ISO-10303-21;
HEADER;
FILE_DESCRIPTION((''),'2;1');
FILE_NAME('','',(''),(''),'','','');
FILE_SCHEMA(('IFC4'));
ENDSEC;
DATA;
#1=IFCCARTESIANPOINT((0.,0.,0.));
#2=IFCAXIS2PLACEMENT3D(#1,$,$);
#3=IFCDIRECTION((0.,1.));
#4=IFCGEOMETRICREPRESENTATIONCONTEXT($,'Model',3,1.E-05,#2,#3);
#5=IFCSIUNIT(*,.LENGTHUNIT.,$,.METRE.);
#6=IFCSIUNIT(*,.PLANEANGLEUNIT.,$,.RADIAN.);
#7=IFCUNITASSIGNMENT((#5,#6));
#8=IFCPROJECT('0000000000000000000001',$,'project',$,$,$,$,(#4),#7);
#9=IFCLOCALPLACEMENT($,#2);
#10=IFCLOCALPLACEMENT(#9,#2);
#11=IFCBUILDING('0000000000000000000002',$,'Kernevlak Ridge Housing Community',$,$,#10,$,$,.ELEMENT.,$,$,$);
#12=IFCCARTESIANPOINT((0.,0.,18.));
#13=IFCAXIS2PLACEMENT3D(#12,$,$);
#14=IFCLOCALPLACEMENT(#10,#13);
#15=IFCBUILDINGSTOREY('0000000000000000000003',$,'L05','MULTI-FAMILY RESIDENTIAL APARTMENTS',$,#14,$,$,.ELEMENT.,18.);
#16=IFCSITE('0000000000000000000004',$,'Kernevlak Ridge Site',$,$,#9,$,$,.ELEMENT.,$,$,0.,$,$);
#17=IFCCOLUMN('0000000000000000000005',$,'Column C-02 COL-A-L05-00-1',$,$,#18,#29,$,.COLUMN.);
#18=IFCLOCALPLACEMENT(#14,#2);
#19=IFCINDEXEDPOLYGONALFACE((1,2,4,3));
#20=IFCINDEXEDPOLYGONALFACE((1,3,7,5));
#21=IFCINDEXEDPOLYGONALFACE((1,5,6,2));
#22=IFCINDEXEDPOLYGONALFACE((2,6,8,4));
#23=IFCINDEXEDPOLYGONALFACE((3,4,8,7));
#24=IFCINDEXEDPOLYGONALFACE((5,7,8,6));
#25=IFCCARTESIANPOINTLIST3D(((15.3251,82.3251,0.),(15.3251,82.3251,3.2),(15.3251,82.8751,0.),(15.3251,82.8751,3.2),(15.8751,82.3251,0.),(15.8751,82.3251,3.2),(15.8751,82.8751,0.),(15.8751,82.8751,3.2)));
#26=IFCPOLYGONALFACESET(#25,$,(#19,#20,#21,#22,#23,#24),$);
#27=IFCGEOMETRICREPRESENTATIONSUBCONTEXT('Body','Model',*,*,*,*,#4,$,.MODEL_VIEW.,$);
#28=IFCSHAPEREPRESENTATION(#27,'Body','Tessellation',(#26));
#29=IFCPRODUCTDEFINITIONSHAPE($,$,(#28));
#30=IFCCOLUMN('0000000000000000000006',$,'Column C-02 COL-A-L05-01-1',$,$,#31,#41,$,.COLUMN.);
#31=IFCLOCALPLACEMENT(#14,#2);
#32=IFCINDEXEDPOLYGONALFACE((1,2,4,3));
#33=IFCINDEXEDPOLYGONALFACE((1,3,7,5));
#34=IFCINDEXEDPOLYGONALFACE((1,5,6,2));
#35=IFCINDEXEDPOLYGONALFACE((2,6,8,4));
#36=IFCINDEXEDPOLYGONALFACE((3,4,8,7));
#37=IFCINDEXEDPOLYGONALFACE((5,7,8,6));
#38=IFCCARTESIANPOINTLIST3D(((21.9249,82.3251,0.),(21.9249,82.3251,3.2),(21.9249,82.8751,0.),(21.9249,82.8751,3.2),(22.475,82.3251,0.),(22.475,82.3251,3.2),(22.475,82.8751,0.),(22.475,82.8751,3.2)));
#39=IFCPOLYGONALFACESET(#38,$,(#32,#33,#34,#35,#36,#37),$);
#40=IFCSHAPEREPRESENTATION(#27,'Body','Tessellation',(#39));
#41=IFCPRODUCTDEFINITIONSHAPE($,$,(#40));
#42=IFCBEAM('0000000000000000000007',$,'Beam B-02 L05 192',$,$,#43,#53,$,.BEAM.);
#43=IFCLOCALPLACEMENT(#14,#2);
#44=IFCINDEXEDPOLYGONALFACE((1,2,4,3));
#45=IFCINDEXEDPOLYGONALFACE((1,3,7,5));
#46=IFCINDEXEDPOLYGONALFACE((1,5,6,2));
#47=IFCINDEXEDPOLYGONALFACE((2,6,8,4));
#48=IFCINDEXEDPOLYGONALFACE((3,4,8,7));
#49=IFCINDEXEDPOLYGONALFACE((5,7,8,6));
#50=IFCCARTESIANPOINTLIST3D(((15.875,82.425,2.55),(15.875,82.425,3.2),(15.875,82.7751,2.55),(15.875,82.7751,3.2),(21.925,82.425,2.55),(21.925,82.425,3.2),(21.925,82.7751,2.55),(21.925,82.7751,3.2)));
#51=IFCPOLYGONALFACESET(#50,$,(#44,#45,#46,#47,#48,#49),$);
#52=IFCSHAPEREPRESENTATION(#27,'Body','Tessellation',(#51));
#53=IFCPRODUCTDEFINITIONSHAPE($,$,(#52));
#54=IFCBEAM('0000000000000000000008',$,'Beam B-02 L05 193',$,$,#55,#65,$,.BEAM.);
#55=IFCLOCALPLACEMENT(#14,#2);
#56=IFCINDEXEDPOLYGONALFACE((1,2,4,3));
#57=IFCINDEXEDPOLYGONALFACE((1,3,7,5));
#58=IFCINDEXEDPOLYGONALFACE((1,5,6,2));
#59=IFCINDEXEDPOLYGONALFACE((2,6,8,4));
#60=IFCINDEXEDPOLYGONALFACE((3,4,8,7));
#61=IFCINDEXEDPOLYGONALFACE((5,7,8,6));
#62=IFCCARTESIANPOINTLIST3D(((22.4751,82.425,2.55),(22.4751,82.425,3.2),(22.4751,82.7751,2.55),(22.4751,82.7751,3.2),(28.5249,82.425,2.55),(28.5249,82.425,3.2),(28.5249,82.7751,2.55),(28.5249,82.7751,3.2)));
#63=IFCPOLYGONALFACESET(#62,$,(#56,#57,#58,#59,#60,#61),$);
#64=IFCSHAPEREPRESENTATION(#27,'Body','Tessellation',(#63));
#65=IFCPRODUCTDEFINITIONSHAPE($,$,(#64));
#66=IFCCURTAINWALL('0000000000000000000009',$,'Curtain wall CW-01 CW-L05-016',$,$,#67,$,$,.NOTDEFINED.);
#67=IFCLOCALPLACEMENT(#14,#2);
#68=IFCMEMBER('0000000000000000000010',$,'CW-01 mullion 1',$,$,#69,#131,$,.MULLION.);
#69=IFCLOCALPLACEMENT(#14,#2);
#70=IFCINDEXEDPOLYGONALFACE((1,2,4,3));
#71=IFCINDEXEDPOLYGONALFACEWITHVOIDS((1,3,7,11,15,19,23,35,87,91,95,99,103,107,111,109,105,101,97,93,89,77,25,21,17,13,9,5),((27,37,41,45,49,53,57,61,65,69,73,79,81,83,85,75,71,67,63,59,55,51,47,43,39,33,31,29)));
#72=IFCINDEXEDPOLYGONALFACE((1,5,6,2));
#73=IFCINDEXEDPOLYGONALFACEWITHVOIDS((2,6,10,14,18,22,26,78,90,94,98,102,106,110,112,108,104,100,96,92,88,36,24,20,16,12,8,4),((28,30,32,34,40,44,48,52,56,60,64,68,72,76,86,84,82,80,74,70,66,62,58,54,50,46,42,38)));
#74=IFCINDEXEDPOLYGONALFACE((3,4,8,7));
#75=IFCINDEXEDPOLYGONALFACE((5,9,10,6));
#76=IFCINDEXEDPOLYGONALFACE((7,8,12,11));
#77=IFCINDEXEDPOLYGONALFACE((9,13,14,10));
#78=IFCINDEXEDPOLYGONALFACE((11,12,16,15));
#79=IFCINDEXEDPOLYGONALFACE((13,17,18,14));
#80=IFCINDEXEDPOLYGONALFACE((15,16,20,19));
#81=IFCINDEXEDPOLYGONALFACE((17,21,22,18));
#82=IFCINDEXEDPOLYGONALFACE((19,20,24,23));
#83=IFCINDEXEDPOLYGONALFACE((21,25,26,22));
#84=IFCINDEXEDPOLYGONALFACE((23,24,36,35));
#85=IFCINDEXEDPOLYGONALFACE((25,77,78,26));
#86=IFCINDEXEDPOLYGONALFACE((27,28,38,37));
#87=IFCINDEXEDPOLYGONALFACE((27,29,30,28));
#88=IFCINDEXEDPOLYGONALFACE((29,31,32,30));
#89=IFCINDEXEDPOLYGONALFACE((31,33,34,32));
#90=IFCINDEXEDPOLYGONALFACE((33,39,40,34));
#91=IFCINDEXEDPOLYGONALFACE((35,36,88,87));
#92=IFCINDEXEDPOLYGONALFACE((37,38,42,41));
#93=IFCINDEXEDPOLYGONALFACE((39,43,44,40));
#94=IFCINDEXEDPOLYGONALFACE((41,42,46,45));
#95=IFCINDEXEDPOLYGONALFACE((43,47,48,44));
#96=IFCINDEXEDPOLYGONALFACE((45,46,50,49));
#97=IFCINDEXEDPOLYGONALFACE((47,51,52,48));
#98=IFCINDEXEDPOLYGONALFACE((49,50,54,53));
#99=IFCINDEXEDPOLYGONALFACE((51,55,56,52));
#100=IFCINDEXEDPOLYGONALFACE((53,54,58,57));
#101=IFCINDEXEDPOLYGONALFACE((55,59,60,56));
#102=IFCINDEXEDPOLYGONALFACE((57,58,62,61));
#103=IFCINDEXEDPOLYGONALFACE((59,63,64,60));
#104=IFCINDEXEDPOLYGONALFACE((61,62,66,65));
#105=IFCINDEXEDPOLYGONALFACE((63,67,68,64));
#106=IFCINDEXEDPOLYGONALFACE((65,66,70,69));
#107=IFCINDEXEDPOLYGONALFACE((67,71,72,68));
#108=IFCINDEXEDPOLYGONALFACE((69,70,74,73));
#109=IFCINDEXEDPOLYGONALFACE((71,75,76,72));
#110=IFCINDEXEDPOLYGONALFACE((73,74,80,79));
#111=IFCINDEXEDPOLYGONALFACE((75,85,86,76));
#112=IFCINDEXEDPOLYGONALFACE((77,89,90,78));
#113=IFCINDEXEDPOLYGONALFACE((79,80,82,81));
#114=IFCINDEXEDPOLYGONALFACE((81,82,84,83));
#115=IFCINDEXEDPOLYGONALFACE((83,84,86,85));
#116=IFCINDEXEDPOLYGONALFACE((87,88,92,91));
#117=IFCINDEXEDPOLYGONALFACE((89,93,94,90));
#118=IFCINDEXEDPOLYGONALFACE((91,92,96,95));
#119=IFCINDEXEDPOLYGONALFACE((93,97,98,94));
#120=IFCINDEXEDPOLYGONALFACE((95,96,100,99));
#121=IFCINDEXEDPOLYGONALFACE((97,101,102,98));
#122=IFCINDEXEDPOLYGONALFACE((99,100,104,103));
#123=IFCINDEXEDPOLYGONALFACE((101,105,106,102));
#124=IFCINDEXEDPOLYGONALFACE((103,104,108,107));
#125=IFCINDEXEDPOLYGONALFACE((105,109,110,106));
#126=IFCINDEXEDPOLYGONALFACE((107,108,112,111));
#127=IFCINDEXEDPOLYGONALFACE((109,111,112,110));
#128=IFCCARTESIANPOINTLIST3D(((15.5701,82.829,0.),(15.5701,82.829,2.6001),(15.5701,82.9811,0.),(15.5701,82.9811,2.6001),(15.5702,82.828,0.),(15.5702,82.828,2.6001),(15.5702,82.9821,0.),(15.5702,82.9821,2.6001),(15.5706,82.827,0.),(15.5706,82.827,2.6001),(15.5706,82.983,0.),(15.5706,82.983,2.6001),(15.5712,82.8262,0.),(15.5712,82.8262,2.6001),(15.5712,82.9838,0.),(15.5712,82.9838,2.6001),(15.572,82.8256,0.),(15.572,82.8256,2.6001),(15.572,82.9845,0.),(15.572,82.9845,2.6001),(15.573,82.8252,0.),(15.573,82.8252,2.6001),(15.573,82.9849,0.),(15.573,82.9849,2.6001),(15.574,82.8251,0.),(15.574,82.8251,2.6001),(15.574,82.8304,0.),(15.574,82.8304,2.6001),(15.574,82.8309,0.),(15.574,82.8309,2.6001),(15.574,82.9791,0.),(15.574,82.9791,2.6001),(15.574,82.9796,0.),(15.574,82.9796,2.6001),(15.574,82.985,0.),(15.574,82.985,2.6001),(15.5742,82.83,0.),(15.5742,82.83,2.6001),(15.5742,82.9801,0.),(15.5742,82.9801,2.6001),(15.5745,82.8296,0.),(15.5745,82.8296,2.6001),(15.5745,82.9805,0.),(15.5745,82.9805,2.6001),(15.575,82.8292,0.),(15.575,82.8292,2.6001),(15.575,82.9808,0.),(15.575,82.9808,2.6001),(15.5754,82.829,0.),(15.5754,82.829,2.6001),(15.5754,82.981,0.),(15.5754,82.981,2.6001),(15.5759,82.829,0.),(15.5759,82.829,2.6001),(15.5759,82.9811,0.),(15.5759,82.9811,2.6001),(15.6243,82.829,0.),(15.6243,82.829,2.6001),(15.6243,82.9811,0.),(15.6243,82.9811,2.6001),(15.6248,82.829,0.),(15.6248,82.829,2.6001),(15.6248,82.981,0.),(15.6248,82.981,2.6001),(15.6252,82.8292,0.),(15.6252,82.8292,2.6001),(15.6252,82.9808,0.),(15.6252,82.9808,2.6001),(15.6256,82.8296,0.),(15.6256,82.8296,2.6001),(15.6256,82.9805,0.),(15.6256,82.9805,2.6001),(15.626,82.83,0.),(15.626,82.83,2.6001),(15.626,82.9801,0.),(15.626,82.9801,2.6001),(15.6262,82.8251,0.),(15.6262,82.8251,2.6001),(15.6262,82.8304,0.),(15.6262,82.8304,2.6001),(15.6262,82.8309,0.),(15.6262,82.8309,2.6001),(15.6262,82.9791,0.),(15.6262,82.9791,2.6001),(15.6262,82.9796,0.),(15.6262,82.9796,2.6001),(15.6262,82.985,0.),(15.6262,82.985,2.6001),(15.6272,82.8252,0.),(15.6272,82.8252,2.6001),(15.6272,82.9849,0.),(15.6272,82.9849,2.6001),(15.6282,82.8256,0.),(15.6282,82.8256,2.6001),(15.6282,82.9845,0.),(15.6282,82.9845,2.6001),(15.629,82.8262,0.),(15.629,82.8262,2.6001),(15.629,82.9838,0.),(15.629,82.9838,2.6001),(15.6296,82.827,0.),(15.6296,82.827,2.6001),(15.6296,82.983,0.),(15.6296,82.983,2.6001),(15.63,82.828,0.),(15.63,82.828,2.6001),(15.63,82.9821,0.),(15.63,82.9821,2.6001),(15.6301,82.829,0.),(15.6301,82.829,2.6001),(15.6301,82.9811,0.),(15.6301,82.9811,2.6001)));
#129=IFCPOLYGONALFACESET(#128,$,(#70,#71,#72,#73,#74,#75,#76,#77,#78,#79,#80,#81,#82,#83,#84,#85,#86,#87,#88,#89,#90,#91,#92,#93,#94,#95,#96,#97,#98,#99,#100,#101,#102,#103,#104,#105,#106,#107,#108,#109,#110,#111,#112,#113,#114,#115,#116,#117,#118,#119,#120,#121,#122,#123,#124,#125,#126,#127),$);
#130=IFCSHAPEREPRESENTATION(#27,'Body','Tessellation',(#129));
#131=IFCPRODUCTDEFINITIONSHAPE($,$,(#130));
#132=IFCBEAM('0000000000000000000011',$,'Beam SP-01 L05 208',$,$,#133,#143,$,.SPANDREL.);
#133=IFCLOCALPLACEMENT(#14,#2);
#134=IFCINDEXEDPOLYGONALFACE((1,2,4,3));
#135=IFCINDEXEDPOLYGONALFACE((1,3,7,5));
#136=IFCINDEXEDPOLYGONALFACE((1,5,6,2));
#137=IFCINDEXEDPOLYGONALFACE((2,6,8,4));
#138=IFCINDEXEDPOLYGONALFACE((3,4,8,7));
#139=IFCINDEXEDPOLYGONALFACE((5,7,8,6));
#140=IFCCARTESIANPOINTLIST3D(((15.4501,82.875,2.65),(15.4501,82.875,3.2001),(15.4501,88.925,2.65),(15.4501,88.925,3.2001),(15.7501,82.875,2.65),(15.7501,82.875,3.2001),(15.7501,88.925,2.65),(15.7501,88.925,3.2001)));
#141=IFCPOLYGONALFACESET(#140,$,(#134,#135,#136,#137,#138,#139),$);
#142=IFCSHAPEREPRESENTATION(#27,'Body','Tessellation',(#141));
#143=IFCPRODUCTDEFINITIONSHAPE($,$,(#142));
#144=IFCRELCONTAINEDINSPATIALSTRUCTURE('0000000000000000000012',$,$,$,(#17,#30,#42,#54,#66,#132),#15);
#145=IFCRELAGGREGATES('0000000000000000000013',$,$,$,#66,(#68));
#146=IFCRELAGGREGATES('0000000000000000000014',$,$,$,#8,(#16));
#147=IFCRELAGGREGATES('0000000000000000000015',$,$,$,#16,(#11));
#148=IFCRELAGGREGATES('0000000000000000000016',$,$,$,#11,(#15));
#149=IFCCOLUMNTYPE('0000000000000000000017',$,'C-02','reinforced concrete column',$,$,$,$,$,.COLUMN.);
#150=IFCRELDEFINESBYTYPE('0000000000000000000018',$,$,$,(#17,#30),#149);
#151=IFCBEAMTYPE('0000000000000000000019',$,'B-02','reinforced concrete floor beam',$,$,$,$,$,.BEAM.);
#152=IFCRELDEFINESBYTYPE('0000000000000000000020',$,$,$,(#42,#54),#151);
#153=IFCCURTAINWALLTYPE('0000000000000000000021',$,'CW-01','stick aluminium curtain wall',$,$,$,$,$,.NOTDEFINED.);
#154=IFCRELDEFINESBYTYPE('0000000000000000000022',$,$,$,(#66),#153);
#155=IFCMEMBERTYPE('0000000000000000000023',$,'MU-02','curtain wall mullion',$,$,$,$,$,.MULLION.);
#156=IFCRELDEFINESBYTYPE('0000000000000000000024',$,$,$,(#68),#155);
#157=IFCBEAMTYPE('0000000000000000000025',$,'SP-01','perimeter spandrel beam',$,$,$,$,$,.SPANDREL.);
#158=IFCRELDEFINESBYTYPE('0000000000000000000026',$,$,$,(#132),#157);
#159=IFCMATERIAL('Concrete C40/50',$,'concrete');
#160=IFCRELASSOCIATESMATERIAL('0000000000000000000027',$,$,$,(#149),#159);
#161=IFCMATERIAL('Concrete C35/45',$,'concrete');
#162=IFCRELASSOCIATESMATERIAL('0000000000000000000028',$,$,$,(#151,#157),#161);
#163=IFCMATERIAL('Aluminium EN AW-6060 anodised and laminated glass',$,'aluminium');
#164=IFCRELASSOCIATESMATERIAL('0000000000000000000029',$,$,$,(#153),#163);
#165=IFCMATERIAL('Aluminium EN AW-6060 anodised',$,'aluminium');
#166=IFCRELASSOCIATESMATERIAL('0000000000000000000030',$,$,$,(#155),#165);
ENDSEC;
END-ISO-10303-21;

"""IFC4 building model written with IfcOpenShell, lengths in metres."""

from ifc_helpers import new_model, si_unit, direction, frame, origin, origin_2d, place, context, subcontext, project, spatial, rectangle, hollow_rectangle, extrude, material, material_profile, profile_set, type_object, element, aggregate, save


model = new_model("IFC4")

# Units and contexts
model_context = context("Model", 3, precision=1e-05, world=origin(), true_north=direction((0.0, 1.0)))
body_context = subcontext(model_context, "Body", "Model", "MODEL_VIEW")
ifc_project = project(units=[si_unit("LENGTHUNIT", "METRE"), si_unit("PLANEANGLEUNIT", "RADIAN")], contexts=[model_context])

# Site, building, storey
site_placement = place(None, origin())
site = spatial("IfcSite", under=ifc_project, at=site_placement, Name="Kernevlak Ridge Site", CompositionType="ELEMENT", RefElevation=0.0)
building_placement = place(site_placement, origin())
building = spatial("IfcBuilding", under=site, at=building_placement, Name="Kernevlak Ridge Housing Community", CompositionType="ELEMENT")
storey_placement = place(building_placement, frame((0.0, 0.0, 18.0)))
storey = spatial("IfcBuildingStorey", under=building, at=storey_placement, Name="L05", Description="MULTI-FAMILY RESIDENTIAL APARTMENTS", CompositionType="ELEMENT", Elevation=18.0)

# Columns
ifc_material_1 = material(Name="Concrete C40/50", Category="concrete")
ifc_material_profile_1 = material_profile(ifc_material_1, rectangle(XDim=0.55, YDim=0.55, at=origin_2d()), Name="RC 550x550")
ifc_profile_set_1 = profile_set([ifc_material_profile_1], Name="Concrete C40/50")
column_type = type_object("IfcColumnType", Name="C-02", Description="reinforced concrete column", PredefinedType="COLUMN", material=ifc_profile_set_1)
for number, where, z_axis, x_axis, name in (
    (1, (15.6001, 82.6001, 0.0), (0.0, 0.0, 1.0), (1.0, 0.0, 0.0), "Column C-02 COL-A-L05-00-1"),
    (2, (22.2, 82.6001, 0.0), (0.0, 0.0, 1.0), (1.0, 0.0, 0.0), "Column C-02 COL-A-L05-01-1"),
):
    element("IfcColumn", number, at=place(storey_placement, frame(where, z_axis=z_axis, x_axis=x_axis)), inside=storey, type_object=column_type, Name=name, PredefinedType="COLUMN", context=body_context, shape_type="SweptSolid", body=[
        extrude(rectangle(XDim=0.55, YDim=0.55, at=origin_2d()), origin(), (0.0, 0.0, 1.0), 3.2),
    ])

# Beams
ifc_material_2 = material(Name="Concrete C35/45", Category="concrete")
ifc_material_profile_2 = material_profile(ifc_material_2, rectangle(XDim=0.3501, YDim=0.6499, at=origin_2d()), Name="RC 350x650")
ifc_profile_set_2 = profile_set([ifc_material_profile_2], Name="Concrete C35/45")
beam_type_1 = type_object("IfcBeamType", Name="B-02", Description="reinforced concrete floor beam", PredefinedType="BEAM", material=ifc_profile_set_2)
beam_1_placement = place(storey_placement, frame((15.875, 82.6001, 2.875), z_axis=(1.0, 0.0, 0.0), x_axis=(0.0, 1.0, 0.0)))
element("IfcBeam", 3, at=beam_1_placement, inside=storey, type_object=beam_type_1, Name="Beam B-02 L05 192", PredefinedType="BEAM", context=body_context, shape_type="SweptSolid", body=[
    extrude(rectangle(XDim=0.3501, YDim=0.6499, at=origin_2d()), origin(), (0.0, 0.0, 1.0), 6.05),
])
beam_2_placement = place(storey_placement, frame((22.4751, 82.6001, 2.875), z_axis=(1.0, 0.0, 0.0), x_axis=(0.0, 1.0, 0.0)))
element("IfcBeam", 4, at=beam_2_placement, inside=storey, type_object=beam_type_1, Name="Beam B-02 L05 193", PredefinedType="BEAM", context=body_context, shape_type="SweptSolid", body=[
    extrude(rectangle(XDim=0.3501, YDim=0.6499, at=origin_2d()), origin(), (0.0, 0.0, 1.0), 6.0498),
])

# Curtain wall, member
ifc_material_3 = material(Name="Aluminium EN AW-6060 anodised and laminated glass", Category="aluminium")
curtain_wall_type = type_object("IfcCurtainWallType", Name="CW-01", Description="stick aluminium curtain wall", PredefinedType="NOTDEFINED", material=ifc_material_3)
curtain_wall_placement = place(storey_placement, origin())
curtain_wall = element("IfcCurtainWall", 5, at=curtain_wall_placement, inside=storey, type_object=curtain_wall_type, Name="Curtain wall CW-01 CW-L05-016", PredefinedType="NOTDEFINED")
ifc_material_4 = material(Name="Aluminium EN AW-6060 anodised", Category="aluminium")
ifc_material_profile_3 = material_profile(ifc_material_4, hollow_rectangle(XDim=0.0601, YDim=0.1599, WallThickness=0.0039, InnerFilletRadius=0.002, OuterFilletRadius=0.0039, at=origin_2d()), Name="ALU 60x160x4")
ifc_profile_set_3 = profile_set([ifc_material_profile_3], Name="Aluminium EN AW-6060 anodised")
member_type_1 = type_object("IfcMemberType", Name="MU-02", Description="curtain wall mullion", PredefinedType="MULLION", material=ifc_profile_set_3)
member_1_placement = place(storey_placement, frame((15.6001, 82.905, 0.0), z_axis=(0.0, 0.0, 1.0), x_axis=(-1.0, 0.0, 0.0)))
member_1 = element("IfcMember", 6, at=member_1_placement, type_object=member_type_1, Name="CW-01 mullion 1", PredefinedType="MULLION", context=body_context, shape_type="SweptSolid", body=[
    extrude(hollow_rectangle(XDim=0.0601, YDim=0.1599, WallThickness=0.0039, InnerFilletRadius=0.002, OuterFilletRadius=0.0039, at=origin_2d()), origin(), (0.0, 0.0, 1.0), 2.6001),
])

# Beam
ifc_material_profile_4 = material_profile(ifc_material_2, rectangle(XDim=0.3, YDim=0.55, at=origin_2d()), Name="RC 300x550")
ifc_profile_set_4 = profile_set([ifc_material_profile_4], Name="Concrete C35/45")
beam_type_2 = type_object("IfcBeamType", Name="SP-01", Description="perimeter spandrel beam", PredefinedType="SPANDREL", material=ifc_profile_set_4)
beam_3_placement = place(storey_placement, frame((15.6001, 82.875, 2.925), z_axis=(0.0, 1.0, 0.0), x_axis=(-1.0, 0.0, 0.0)))
element("IfcBeam", 7, at=beam_3_placement, inside=storey, type_object=beam_type_2, Name="Beam SP-01 L05 208", PredefinedType="SPANDREL", context=body_context, shape_type="SweptSolid", body=[
    extrude(rectangle(XDim=0.3, YDim=0.55, at=origin_2d()), origin(), (0.0, 0.0, 1.0), 6.05),
])

aggregate(curtain_wall, [member_1])

save(model, "model.ifc")
